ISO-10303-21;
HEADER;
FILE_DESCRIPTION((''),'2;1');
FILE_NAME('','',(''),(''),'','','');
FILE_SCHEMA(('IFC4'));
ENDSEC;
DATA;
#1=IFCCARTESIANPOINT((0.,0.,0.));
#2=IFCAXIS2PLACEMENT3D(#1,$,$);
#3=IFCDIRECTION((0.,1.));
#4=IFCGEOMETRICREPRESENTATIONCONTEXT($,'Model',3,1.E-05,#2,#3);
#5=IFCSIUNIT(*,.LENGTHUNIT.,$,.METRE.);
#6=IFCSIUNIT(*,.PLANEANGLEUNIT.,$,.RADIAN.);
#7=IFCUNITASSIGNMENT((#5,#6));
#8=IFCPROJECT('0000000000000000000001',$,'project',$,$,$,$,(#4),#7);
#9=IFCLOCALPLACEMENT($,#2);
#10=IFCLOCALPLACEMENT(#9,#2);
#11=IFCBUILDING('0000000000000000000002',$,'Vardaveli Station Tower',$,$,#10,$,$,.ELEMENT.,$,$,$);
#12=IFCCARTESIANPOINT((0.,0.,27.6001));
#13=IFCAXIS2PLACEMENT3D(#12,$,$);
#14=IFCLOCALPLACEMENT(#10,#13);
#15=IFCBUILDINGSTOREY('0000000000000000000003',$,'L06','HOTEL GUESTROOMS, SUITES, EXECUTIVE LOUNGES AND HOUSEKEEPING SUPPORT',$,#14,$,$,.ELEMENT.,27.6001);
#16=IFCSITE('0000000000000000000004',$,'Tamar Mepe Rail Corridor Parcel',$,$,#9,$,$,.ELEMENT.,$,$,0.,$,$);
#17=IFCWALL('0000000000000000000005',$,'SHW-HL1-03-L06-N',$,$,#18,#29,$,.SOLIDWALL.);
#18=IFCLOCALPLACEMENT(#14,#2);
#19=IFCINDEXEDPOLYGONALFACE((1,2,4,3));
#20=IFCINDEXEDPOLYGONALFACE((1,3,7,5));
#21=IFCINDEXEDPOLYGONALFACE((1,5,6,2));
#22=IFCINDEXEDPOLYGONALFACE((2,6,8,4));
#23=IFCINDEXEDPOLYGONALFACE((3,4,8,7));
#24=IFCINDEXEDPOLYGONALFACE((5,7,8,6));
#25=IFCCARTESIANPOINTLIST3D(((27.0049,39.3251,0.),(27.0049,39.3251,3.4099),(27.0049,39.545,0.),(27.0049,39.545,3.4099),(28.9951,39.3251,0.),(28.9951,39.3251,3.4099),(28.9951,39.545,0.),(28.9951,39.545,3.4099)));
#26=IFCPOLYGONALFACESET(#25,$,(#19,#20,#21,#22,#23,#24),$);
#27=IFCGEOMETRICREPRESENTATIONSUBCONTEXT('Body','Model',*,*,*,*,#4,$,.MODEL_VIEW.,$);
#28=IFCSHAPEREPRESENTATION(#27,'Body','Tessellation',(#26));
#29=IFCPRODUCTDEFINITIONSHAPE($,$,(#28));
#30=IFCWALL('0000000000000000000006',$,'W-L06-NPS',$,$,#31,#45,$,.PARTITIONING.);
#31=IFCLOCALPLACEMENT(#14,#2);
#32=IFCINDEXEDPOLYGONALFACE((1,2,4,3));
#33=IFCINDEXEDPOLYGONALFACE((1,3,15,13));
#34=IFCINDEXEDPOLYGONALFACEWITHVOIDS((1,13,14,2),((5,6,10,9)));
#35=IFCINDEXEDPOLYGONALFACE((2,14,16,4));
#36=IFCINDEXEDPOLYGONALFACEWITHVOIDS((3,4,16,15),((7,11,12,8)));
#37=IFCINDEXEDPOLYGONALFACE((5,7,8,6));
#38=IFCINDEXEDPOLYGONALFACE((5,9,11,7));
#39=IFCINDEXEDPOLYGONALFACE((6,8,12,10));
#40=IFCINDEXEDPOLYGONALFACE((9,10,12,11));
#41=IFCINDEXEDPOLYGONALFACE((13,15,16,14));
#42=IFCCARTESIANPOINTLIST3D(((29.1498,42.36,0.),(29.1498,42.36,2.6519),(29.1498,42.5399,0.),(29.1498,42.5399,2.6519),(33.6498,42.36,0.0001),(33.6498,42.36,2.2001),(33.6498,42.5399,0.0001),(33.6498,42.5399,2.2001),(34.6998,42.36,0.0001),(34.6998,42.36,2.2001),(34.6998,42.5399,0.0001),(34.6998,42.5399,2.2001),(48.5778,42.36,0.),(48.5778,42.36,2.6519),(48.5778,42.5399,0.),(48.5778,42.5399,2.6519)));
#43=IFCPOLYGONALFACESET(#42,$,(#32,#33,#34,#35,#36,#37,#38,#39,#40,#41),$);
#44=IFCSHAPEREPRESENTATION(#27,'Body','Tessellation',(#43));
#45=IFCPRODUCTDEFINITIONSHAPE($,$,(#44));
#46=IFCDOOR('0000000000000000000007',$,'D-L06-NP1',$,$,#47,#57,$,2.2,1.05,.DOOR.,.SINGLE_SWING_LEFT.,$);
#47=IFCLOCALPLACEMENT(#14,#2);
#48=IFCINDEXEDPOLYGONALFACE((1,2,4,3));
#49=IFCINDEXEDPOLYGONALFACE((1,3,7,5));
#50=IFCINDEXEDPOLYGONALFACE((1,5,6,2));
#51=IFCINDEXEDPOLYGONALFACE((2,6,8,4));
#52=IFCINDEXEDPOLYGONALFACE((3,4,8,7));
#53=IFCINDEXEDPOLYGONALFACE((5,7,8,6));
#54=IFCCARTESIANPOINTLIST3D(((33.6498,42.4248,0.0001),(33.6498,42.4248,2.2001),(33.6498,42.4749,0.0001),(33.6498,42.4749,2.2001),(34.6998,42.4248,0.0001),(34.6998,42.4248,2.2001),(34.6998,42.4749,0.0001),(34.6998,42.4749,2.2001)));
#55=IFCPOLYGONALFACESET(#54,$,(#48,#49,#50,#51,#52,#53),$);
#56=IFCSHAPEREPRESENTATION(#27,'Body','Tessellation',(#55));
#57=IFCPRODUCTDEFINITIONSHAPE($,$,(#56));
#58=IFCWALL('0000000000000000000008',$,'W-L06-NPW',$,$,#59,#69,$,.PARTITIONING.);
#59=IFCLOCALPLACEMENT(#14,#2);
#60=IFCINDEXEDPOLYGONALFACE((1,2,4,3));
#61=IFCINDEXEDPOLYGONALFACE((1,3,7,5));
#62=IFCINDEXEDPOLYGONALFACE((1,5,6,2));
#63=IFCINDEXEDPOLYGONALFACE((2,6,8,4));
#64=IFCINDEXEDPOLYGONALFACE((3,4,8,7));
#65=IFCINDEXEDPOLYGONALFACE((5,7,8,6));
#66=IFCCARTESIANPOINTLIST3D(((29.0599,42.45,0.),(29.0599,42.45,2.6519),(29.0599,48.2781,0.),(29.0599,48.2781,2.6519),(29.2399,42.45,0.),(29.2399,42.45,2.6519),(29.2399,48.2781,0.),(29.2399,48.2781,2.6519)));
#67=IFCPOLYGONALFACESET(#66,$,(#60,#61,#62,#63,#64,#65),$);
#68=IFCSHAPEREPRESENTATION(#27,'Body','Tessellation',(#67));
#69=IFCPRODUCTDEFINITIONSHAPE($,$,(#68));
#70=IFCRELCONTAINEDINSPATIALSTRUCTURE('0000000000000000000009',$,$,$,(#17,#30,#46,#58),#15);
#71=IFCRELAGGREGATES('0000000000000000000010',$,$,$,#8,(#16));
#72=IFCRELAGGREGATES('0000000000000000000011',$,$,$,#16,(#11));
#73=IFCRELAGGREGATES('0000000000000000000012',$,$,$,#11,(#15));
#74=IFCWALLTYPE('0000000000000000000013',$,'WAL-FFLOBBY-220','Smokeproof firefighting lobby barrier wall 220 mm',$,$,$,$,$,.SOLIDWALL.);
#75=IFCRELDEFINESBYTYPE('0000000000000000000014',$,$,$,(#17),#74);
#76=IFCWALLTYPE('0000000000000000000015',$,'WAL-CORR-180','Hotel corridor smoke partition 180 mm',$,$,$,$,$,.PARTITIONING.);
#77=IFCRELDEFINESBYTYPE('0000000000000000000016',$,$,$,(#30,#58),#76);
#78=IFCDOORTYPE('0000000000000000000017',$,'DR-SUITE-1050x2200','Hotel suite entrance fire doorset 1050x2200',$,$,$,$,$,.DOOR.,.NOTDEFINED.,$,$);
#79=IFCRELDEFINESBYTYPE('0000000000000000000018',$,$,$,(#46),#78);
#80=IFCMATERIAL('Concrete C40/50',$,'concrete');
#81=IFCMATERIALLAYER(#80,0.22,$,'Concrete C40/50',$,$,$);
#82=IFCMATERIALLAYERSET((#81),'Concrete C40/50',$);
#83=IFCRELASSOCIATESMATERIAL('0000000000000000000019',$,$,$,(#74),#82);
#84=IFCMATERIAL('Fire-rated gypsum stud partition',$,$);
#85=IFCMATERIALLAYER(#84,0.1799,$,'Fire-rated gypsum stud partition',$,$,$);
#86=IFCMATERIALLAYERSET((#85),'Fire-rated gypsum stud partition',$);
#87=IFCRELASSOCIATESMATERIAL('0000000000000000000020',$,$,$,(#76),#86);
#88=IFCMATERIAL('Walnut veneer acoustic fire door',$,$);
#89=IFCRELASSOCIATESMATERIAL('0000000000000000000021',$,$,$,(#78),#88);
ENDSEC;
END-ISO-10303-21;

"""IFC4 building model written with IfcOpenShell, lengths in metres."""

from ifc_helpers import new_model, si_unit, direction, frame, frame_2d, origin, place, context, subcontext, project, spatial, rectangle, extrude, source, transform, mapped, material, layer, layer_set, type_object, element, fill, save


model = new_model("IFC4")

# Units and contexts
model_context = context("Model", 3, precision=1e-05, world=origin(), true_north=direction((0.0, 1.0)))
body_context = subcontext(model_context, "Body", "Model", "MODEL_VIEW")
ifc_project = project(units=[si_unit("LENGTHUNIT", "METRE"), si_unit("PLANEANGLEUNIT", "RADIAN")], contexts=[model_context])

# Site, building, storey
site_placement = place(None, origin())
site = spatial("IfcSite", under=ifc_project, at=site_placement, Name="Tamar Mepe Rail Corridor Parcel", CompositionType="ELEMENT", RefElevation=0.0)
building_placement = place(site_placement, origin())
building = spatial("IfcBuilding", under=site, at=building_placement, Name="Vardaveli Station Tower", CompositionType="ELEMENT")
storey_placement = place(building_placement, frame((0.0, 0.0, 27.6001)))
storey = spatial("IfcBuildingStorey", under=building, at=storey_placement, Name="L06", Description="HOTEL GUESTROOMS, SUITES, EXECUTIVE LOUNGES AND HOUSEKEEPING SUPPORT", CompositionType="ELEMENT", Elevation=27.6001)

# Wall
ifc_material_1 = material(Name="Concrete C40/50", Category="concrete")
ifc_layer_1 = layer(ifc_material_1, 0.22, Name="Concrete C40/50")
ifc_layer_set_1 = layer_set([ifc_layer_1], Name="Concrete C40/50")
wall_type_1 = type_object("IfcWallType", Name="WAL-FFLOBBY-220", Description="Smokeproof firefighting lobby barrier wall 220 mm", PredefinedType="SOLIDWALL", material=ifc_layer_set_1)
shared_shape_1 = source(origin(), body_context, "Body", "SweptSolid", [
    extrude(rectangle(XDim=1.9902, YDim=0.22, at=frame_2d((0.9951, 0.0))), origin(), (0.0, 0.0, 1.0), 3.4099),
])
wall_1_placement = place(storey_placement, frame((27.0049, 39.4351, 0.0), z_axis=(0.0, 0.0, 1.0), x_axis=(1.0, 0.0, 0.0)))
element("IfcWall", 1, at=wall_1_placement, inside=storey, type_object=wall_type_1, Name="SHW-HL1-03-L06-N", PredefinedType="SOLIDWALL", context=body_context, shape_type="MappedRepresentation", body=[
    mapped(shared_shape_1, transform((0.0, 0.0, 0.0), scale=1.0)),
])

# Wall, opening, door
ifc_material_2 = material(Name="Fire-rated gypsum stud partition")
ifc_layer_2 = layer(ifc_material_2, 0.1799, Name="Fire-rated gypsum stud partition")
ifc_layer_set_2 = layer_set([ifc_layer_2], Name="Fire-rated gypsum stud partition")
wall_type_2 = type_object("IfcWallType", Name="WAL-CORR-180", Description="Hotel corridor smoke partition 180 mm", PredefinedType="PARTITIONING", material=ifc_layer_set_2)
shared_shape_2 = source(origin(), body_context, "Body", "SweptSolid", [
    extrude(rectangle(XDim=19.428, YDim=0.1799, at=frame_2d((9.7139, 0.0))), origin(), (0.0, 0.0, 1.0), 2.6519),
])
wall_2_placement = place(storey_placement, frame((29.1499, 42.45, 0.0), z_axis=(0.0, 0.0, 1.0), x_axis=(1.0, 0.0, 0.0)))
wall_2 = element("IfcWall", 2, at=wall_2_placement, inside=storey, type_object=wall_type_2, Name="W-L06-NPS", PredefinedType="PARTITIONING", context=body_context, shape_type="MappedRepresentation", body=[
    mapped(shared_shape_2, transform((0.0, 0.0, 0.0), scale=1.0)),
])
shared_shape_3 = source(origin(), body_context, "Body", "SweptSolid", [
    extrude(rectangle(XDim=1.05, YDim=2.2, at=frame_2d((0.5249, 1.1001))), frame((0.0, 0.1001, 0.0), z_axis=(0.0, -1.0, 0.0), x_axis=(1.0, 0.0, 0.0)), (0.0, 0.0, 1.0), 0.2),
])
opening_1_placement = place(wall_2_placement, frame((4.5, 0.0, 0.0)))
opening_1 = element("IfcOpeningElement", 3, at=opening_1_placement, cuts=wall_2, PredefinedType="OPENING", context=body_context, shape_type="MappedRepresentation", body=[
    mapped(shared_shape_3, transform((0.0, 0.0, 0.0), scale=1.0)),
])
ifc_material_3 = material(Name="Walnut veneer acoustic fire door")
door_type = type_object("IfcDoorType", Name="DR-SUITE-1050x2200", Description="Hotel suite entrance fire doorset 1050x2200", OperationType="NOTDEFINED", PredefinedType="DOOR", material=ifc_material_3)
shared_shape_4 = source(origin(), body_context, "Body", "SweptSolid", [
    extrude(rectangle(XDim=1.05, YDim=2.2, at=frame_2d((0.5249, 1.1001))), frame((0.0, 0.0249, 0.0), z_axis=(0.0, -1.0, 0.0), x_axis=(1.0, 0.0, 0.0)), (0.0, 0.0, 1.0), 0.05),
])
door_placement = place(opening_1_placement, origin())
door = element("IfcDoor", 4, at=door_placement, inside=storey, type_object=door_type, Name="D-L06-NP1", OperationType="SINGLE_SWING_LEFT", OverallHeight=2.2, OverallWidth=1.05, PredefinedType="DOOR", context=body_context, shape_type="MappedRepresentation", body=[
    mapped(shared_shape_4, transform((0.0, 0.0, 0.0), scale=1.0)),
])
fill(opening_1, door)

# Wall
shared_shape_5 = source(origin(), body_context, "Body", "SweptSolid", [
    extrude(rectangle(XDim=5.8281, YDim=0.1799, at=frame_2d((2.9141, 0.0))), origin(), (0.0, 0.0, 1.0), 2.6519),
])
wall_3_placement = place(storey_placement, frame((29.1499, 42.45, 0.0), z_axis=(0.0, 0.0, 1.0), x_axis=(0.0, 1.0, 0.0)))
element("IfcWall", 5, at=wall_3_placement, inside=storey, type_object=wall_type_2, Name="W-L06-NPW", PredefinedType="PARTITIONING", context=body_context, shape_type="MappedRepresentation", body=[
    mapped(shared_shape_5, transform((0.0, 0.0, 0.0), scale=1.0)),
])

save(model, "model.ifc")
